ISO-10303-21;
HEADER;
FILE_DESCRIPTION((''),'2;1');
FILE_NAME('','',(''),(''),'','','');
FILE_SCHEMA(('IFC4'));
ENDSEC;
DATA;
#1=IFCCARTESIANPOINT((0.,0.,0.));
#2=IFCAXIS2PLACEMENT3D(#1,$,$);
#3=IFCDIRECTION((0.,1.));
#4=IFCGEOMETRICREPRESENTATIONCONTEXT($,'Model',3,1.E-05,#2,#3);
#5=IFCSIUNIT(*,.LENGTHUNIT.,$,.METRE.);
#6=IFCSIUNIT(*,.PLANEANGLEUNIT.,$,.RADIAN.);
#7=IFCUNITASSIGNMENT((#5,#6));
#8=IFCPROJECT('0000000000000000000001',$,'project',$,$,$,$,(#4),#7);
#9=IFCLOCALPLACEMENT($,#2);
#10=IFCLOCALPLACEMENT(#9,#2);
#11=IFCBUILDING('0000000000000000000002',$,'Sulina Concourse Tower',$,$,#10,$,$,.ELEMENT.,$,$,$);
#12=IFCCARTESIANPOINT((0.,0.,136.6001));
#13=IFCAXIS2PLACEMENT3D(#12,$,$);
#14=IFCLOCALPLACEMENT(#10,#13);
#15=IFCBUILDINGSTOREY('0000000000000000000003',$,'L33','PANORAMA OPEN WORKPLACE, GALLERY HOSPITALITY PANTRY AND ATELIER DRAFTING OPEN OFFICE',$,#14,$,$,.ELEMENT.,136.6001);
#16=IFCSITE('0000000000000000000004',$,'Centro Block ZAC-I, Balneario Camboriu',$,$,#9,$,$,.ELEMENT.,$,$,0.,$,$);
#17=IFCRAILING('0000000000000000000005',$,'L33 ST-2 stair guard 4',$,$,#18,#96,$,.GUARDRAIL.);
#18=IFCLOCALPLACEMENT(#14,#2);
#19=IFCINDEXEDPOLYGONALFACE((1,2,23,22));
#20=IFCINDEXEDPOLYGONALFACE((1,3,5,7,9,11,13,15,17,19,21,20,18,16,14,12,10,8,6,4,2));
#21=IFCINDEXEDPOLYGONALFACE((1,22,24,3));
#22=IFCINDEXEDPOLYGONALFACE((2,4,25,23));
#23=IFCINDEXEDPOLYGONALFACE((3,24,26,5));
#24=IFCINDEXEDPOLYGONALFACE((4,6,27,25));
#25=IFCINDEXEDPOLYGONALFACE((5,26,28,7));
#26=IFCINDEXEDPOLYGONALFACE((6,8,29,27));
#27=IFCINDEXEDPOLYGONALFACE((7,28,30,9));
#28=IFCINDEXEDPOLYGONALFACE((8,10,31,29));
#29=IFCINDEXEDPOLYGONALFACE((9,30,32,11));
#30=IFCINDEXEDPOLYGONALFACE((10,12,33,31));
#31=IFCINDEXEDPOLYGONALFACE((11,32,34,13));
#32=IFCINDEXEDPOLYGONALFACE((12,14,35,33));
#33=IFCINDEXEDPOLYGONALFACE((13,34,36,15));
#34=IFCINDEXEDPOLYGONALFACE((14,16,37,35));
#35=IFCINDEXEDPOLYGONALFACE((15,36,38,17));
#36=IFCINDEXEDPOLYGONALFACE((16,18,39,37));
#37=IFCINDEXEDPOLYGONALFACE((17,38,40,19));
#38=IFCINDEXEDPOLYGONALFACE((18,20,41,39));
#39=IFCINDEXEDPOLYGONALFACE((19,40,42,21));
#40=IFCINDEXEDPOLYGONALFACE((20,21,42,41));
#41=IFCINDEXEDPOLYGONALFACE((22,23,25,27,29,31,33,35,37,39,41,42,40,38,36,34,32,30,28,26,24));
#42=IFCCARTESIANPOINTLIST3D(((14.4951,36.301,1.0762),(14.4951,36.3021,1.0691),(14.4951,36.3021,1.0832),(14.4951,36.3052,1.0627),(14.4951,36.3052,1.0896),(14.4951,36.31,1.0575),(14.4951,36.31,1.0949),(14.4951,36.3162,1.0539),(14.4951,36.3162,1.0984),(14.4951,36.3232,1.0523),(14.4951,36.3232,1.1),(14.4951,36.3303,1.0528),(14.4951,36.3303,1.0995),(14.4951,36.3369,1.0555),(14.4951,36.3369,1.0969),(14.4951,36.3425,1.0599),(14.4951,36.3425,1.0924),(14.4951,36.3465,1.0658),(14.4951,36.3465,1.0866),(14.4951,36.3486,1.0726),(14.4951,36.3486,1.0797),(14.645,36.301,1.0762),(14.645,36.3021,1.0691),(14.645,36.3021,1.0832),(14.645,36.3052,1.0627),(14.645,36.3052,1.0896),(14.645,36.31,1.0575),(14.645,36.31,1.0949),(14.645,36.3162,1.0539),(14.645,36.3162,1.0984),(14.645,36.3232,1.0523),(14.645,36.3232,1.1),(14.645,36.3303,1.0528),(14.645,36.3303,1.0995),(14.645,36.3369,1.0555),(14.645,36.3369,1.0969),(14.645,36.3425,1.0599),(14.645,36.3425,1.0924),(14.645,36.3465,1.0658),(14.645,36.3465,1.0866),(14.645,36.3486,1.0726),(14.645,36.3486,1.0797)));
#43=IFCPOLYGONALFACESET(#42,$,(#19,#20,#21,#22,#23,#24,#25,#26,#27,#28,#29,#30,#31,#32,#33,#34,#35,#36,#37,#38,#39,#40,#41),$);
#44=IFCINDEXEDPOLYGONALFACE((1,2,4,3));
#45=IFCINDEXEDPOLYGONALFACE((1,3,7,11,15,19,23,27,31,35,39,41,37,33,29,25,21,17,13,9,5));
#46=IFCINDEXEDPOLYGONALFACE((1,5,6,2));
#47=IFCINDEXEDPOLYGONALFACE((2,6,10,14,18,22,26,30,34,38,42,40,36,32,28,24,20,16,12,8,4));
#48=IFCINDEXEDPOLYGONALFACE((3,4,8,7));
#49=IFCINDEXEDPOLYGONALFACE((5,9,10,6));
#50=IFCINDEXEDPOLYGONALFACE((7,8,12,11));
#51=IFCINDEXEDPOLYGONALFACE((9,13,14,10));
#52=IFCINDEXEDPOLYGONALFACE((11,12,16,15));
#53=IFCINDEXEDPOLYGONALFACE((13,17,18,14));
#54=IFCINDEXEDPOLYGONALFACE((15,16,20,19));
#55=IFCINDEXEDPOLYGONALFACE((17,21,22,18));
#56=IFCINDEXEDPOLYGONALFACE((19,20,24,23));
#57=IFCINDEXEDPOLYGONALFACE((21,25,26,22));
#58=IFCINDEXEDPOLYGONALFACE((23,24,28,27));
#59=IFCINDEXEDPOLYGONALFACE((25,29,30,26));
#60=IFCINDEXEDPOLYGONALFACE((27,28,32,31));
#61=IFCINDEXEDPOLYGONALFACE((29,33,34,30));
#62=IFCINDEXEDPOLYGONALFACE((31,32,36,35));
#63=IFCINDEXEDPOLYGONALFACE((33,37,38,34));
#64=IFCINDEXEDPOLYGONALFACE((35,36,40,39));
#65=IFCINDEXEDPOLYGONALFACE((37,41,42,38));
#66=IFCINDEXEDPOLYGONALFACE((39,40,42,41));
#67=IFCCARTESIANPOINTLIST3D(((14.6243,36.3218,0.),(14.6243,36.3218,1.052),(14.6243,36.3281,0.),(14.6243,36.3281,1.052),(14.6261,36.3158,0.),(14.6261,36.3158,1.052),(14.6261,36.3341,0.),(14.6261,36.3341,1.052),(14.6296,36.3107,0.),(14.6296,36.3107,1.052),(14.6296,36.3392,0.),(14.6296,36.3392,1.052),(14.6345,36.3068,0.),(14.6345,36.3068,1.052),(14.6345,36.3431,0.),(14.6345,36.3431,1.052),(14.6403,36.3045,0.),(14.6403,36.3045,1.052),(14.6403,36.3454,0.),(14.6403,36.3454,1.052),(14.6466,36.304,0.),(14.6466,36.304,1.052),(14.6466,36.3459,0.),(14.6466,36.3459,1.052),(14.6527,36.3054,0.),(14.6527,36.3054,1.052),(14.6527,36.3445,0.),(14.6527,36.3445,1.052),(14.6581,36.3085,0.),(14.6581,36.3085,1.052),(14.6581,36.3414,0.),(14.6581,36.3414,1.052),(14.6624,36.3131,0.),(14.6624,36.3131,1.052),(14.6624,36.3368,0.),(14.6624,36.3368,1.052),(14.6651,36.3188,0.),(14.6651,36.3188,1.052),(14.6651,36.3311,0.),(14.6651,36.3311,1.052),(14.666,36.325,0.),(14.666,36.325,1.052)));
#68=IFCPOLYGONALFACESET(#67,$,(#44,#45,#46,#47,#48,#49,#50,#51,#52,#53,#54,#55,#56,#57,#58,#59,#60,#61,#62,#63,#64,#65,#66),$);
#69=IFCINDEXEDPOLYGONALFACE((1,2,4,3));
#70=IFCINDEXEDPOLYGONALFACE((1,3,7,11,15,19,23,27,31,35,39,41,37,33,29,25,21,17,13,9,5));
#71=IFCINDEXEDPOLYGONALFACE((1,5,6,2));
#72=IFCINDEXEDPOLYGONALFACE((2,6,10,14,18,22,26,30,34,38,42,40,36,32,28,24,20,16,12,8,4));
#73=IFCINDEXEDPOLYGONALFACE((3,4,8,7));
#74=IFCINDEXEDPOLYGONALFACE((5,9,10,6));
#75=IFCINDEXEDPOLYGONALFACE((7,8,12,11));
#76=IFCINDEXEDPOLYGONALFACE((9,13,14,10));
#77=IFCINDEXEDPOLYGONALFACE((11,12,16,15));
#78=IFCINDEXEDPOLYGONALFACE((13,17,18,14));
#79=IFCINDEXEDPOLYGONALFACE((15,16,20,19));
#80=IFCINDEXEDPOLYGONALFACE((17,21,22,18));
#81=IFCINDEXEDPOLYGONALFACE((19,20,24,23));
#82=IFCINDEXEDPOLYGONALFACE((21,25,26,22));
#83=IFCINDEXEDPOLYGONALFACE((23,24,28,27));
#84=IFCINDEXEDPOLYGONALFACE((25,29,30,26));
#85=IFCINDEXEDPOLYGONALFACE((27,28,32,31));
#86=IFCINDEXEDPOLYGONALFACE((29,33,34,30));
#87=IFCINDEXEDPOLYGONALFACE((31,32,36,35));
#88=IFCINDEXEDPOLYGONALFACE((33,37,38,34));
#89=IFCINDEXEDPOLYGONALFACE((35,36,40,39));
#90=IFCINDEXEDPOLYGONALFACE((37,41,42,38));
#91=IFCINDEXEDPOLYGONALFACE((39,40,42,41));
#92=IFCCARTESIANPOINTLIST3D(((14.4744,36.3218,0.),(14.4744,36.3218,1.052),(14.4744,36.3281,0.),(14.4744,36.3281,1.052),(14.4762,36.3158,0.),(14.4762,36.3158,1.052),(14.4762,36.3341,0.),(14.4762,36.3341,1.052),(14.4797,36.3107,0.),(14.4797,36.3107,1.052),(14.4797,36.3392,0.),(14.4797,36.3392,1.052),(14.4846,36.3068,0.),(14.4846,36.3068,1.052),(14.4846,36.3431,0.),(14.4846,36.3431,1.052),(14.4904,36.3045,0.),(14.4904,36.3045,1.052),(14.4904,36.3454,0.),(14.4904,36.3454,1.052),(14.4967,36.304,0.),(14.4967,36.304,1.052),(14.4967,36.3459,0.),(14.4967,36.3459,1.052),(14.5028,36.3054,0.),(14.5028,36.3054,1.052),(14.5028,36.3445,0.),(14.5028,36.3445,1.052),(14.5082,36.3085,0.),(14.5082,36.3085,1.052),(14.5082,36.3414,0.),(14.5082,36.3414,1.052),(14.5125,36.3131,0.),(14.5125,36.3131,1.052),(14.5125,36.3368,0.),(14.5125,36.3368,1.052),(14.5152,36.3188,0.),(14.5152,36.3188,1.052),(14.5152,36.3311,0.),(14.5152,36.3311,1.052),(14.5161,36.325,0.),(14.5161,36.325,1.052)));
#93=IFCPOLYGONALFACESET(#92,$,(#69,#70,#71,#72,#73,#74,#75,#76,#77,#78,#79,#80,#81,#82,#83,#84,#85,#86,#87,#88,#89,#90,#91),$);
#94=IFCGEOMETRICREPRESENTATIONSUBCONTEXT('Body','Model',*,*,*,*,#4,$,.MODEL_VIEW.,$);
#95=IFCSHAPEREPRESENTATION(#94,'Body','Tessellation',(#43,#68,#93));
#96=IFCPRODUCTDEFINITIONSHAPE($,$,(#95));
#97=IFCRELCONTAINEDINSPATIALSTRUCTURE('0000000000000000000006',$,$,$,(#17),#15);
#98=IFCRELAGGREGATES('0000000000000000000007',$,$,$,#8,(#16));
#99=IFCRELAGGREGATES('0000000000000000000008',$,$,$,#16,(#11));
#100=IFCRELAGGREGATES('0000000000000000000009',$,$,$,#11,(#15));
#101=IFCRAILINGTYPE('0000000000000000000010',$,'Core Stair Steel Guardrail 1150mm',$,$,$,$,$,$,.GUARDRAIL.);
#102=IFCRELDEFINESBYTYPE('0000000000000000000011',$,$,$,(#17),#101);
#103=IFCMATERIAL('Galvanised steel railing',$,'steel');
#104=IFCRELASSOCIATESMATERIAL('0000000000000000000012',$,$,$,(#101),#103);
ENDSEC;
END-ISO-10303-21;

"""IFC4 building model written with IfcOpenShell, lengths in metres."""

from ifc_helpers import new_model, si_unit, direction, frame, origin, origin_2d, place, context, subcontext, project, spatial, circle, extrude, material, type_object, element, save


model = new_model("IFC4")

# Units and contexts
model_context = context("Model", 3, precision=1e-05, world=origin(), true_north=direction((0.0, 1.0)))
body_context = subcontext(model_context, "Body", "Model", "MODEL_VIEW")
ifc_project = project(units=[si_unit("LENGTHUNIT", "METRE"), si_unit("PLANEANGLEUNIT", "RADIAN")], contexts=[model_context])

# Site, building, storey
site_placement = place(None, origin())
site = spatial("IfcSite", under=ifc_project, at=site_placement, Name="Centro Block ZAC-I, Balneario Camboriu", CompositionType="ELEMENT", RefElevation=0.0)
building_placement = place(site_placement, origin())
building = spatial("IfcBuilding", under=site, at=building_placement, Name="Sulina Concourse Tower", CompositionType="ELEMENT")
storey_placement = place(building_placement, frame((0.0, 0.0, 136.6001)))
storey = spatial("IfcBuildingStorey", under=building, at=storey_placement, Name="L33", Description="PANORAMA OPEN WORKPLACE, GALLERY HOSPITALITY PANTRY AND ATELIER DRAFTING OPEN OFFICE", CompositionType="ELEMENT", Elevation=136.6001)

# Railing
ifc_material_1 = material(Name="Galvanised steel railing", Category="steel")
railing_type_1 = type_object("IfcRailingType", Name="Core Stair Steel Guardrail 1150mm", PredefinedType="GUARDRAIL", material=ifc_material_1)
railing_1_placement = place(storey_placement, frame((14.645, 36.325, 0.0)))
element("IfcRailing", 1, at=railing_1_placement, inside=storey, type_object=railing_type_1, Name="L33 ST-2 stair guard 4", PredefinedType="GUARDRAIL", context=body_context, shape_type="SweptSolid", body=[
    extrude(circle(Radius=0.0239, at=origin_2d()), frame((0.0, 0.0, 1.0762), z_axis=(-1.0, 0.0, 0.0), x_axis=(0.0, -1.0, 0.0)), (0.0, 0.0, 1.0), 0.1499),
    extrude(circle(Radius=0.021, at=origin_2d()), origin(), (0.0, 0.0, 1.0), 1.052),
    extrude(circle(Radius=0.021, at=origin_2d()), frame((-0.1499, 0.0, 0.0)), (0.0, 0.0, 1.0), 1.052),
])

save(model, "model.ifc")
